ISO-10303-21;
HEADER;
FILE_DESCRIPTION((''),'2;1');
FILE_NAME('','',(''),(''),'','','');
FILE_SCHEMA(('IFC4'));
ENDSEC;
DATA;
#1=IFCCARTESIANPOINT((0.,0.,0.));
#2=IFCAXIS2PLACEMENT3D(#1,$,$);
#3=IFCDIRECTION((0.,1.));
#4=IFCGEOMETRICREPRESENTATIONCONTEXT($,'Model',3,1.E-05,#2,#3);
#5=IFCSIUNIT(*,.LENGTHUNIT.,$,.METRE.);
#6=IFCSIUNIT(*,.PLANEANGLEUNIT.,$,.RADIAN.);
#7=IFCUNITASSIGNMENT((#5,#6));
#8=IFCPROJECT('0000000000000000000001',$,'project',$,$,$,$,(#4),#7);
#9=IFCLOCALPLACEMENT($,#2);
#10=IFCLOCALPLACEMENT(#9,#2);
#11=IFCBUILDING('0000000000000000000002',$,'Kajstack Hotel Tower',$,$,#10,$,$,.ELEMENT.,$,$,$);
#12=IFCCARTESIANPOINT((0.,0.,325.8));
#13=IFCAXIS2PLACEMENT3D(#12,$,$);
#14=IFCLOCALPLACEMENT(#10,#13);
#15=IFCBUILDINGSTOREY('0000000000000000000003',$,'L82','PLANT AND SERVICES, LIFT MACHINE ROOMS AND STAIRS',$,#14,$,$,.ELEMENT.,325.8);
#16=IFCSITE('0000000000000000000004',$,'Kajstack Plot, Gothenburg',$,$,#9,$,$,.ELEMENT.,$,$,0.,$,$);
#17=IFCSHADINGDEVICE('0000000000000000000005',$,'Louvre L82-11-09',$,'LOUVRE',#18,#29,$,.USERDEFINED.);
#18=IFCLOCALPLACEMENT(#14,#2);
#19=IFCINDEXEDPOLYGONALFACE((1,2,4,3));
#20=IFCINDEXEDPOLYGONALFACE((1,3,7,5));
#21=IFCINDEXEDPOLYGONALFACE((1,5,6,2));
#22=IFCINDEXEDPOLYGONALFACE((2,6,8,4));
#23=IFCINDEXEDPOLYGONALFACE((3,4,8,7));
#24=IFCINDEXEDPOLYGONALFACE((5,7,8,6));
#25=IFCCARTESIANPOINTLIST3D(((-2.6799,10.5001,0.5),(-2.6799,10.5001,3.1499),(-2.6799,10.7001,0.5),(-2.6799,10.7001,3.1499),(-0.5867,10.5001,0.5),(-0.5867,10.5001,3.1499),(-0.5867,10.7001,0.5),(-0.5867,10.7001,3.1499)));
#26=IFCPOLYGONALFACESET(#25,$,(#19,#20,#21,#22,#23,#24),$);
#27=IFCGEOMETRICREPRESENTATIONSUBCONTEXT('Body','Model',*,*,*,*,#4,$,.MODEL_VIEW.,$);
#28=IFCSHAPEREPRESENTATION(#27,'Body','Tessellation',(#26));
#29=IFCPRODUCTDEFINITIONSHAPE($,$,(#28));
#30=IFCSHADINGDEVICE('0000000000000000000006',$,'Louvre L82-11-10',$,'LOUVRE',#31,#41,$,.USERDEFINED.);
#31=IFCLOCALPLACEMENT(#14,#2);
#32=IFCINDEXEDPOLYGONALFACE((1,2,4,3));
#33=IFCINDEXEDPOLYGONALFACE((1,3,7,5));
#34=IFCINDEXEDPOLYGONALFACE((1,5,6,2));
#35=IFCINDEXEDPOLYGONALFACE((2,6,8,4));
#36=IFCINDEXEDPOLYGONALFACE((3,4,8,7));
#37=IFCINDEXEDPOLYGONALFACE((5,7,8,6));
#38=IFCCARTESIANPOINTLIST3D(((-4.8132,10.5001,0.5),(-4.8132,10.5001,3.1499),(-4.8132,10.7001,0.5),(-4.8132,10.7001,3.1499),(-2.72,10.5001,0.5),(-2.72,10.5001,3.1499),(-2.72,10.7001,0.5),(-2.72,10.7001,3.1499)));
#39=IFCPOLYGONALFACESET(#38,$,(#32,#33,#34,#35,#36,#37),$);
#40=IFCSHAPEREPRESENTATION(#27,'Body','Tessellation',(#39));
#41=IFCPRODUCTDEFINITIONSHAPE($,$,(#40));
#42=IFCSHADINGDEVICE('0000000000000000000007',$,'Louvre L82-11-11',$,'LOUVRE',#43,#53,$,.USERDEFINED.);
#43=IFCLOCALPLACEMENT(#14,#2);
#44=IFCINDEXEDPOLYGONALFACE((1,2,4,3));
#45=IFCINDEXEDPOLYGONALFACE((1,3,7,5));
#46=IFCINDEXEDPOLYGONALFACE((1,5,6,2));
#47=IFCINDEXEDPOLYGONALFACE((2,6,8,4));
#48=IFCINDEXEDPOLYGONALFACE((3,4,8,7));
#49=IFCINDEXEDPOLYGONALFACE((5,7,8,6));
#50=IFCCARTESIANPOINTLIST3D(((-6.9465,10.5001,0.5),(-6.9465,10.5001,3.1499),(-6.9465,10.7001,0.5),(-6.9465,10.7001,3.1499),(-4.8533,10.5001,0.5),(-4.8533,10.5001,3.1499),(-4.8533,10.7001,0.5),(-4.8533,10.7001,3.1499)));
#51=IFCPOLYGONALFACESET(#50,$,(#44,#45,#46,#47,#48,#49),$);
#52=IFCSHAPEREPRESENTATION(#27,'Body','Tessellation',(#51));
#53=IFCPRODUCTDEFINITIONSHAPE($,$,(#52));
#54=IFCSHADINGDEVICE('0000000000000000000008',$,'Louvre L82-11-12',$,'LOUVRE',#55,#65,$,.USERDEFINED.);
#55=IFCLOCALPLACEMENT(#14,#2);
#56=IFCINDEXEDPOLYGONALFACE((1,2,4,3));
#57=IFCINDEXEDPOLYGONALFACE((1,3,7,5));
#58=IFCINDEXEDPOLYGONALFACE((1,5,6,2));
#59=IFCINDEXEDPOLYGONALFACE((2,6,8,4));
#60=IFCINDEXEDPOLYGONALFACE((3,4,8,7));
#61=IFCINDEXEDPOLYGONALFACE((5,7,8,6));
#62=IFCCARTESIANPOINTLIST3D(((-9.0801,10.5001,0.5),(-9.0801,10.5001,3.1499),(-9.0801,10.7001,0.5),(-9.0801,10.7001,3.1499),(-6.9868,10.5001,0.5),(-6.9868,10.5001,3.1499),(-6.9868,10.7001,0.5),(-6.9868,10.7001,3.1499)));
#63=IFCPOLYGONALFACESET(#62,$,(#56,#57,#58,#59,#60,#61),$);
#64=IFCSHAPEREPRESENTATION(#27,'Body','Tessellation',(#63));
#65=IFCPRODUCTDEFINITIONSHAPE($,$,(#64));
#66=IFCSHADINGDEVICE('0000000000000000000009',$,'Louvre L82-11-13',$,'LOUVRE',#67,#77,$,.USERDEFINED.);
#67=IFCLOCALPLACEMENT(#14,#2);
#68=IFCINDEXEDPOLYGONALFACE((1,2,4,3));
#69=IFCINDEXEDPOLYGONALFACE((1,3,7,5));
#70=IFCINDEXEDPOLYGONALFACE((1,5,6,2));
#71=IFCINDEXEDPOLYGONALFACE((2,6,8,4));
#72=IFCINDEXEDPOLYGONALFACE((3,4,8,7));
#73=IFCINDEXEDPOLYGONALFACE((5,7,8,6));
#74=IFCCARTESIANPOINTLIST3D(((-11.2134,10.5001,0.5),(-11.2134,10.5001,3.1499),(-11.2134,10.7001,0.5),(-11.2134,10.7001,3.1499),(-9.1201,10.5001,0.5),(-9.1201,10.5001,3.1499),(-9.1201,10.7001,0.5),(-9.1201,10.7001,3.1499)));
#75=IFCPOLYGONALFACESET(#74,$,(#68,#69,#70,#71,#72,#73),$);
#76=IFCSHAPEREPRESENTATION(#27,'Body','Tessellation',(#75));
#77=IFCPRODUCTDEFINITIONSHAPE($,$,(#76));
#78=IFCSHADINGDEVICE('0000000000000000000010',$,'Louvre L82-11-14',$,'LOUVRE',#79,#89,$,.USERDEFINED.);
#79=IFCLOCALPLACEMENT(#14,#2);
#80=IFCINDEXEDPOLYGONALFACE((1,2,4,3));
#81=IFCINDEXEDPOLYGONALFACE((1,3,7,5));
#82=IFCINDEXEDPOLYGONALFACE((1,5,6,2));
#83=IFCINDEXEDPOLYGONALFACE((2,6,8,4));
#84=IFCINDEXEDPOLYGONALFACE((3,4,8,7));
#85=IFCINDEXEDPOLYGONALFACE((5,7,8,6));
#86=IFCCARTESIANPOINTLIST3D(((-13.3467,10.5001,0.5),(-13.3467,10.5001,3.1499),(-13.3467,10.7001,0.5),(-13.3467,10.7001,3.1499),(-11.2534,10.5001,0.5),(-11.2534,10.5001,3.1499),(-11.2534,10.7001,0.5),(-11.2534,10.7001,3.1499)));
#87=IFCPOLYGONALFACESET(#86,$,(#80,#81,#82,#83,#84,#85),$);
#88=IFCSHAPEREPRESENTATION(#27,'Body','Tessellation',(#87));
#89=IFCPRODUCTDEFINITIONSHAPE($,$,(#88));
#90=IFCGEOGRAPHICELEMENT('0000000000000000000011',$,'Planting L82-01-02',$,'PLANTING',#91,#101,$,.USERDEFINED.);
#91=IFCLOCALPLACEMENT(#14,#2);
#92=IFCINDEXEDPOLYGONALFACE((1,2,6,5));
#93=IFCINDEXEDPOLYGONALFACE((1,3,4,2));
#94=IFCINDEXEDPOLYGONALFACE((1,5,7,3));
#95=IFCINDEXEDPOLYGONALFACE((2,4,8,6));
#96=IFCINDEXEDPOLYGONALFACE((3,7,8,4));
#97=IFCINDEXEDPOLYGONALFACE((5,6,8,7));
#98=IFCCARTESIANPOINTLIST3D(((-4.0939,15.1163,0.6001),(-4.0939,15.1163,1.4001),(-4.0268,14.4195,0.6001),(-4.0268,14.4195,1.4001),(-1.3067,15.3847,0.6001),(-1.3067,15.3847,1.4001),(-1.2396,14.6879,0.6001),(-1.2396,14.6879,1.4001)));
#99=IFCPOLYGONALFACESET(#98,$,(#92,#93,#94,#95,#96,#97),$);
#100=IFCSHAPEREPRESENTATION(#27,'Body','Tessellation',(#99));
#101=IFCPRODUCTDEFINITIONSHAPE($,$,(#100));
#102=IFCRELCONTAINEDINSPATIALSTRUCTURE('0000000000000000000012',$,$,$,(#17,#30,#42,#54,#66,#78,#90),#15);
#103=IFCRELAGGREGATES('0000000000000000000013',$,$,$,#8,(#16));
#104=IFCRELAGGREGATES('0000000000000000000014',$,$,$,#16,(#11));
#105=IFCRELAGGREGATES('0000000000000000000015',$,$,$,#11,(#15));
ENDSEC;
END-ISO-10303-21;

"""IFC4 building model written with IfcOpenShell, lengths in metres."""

from ifc_helpers import new_model, si_unit, direction, frame, origin, origin_2d, place, context, subcontext, project, spatial, rectangle, extrude, element, save


model = new_model("IFC4")

# Units and contexts
model_context = context("Model", 3, precision=1e-05, world=origin(), true_north=direction((0.0, 1.0)))
body_context = subcontext(model_context, "Body", "Model", "MODEL_VIEW")
ifc_project = project(units=[si_unit("LENGTHUNIT", "METRE"), si_unit("PLANEANGLEUNIT", "RADIAN")], contexts=[model_context])

# Site, building, storey
site_placement = place(None, origin())
site = spatial("IfcSite", under=ifc_project, at=site_placement, Name="Kajstack Plot, Gothenburg", CompositionType="ELEMENT", RefElevation=0.0)
building_placement = place(site_placement, origin())
building = spatial("IfcBuilding", under=site, at=building_placement, Name="Kajstack Hotel Tower", CompositionType="ELEMENT")
storey_placement = place(building_placement, frame((0.0, 0.0, 325.8)))
storey = spatial("IfcBuildingStorey", under=building, at=storey_placement, Name="L82", Description="PLANT AND SERVICES, LIFT MACHINE ROOMS AND STAIRS", CompositionType="ELEMENT", Elevation=325.8)

# Shading devices
for number, where, z_axis, x_axis, name in (
    (1, (-1.6333, 10.6001, 0.5), (0.0, 0.0, 1.0), (-1.0, 0.0, 0.0), "Louvre L82-11-09"),
    (2, (-3.7666, 10.6001, 0.5), (0.0, 0.0, 1.0), (-1.0, 0.0, 0.0), "Louvre L82-11-10"),
    (3, (-5.8999, 10.6001, 0.5), (0.0, 0.0, 1.0), (-1.0, 0.0, 0.0), "Louvre L82-11-11"),
    (4, (-8.0334, 10.6001, 0.5), (0.0, 0.0, 1.0), (-1.0, 0.0, 0.0), "Louvre L82-11-12"),
    (5, (-10.1667, 10.6001, 0.5), (0.0, 0.0, 1.0), (-1.0, 0.0, 0.0), "Louvre L82-11-13"),
    (6, (-12.3, 10.6001, 0.5), (0.0, 0.0, 1.0), (-1.0, 0.0, 0.0), "Louvre L82-11-14"),
):
    element("IfcShadingDevice", number, at=place(storey_placement, frame(where, z_axis=z_axis, x_axis=x_axis)), inside=storey, Name=name, ObjectType="LOUVRE", PredefinedType="USERDEFINED", context=body_context, shape_type="SweptSolid", body=[
        extrude(rectangle(XDim=2.0933, YDim=0.2, at=origin_2d()), origin(), (0.0, 0.0, 1.0), 2.6499),
    ])

# Geographic element
geographic_element_placement = place(storey_placement, frame((-2.6667, 14.9021, 0.6001), z_axis=(0.0, 0.0, 1.0), x_axis=(0.995396, 0.095845, 0.0)))
element("IfcGeographicElement", 7, at=geographic_element_placement, inside=storey, Name="Planting L82-01-02", ObjectType="PLANTING", PredefinedType="USERDEFINED", context=body_context, shape_type="SweptSolid", body=[
    extrude(rectangle(XDim=2.8, YDim=0.7, at=origin_2d()), origin(), (0.0, 0.0, 1.0), 0.8),
])

save(model, "model.ifc")
